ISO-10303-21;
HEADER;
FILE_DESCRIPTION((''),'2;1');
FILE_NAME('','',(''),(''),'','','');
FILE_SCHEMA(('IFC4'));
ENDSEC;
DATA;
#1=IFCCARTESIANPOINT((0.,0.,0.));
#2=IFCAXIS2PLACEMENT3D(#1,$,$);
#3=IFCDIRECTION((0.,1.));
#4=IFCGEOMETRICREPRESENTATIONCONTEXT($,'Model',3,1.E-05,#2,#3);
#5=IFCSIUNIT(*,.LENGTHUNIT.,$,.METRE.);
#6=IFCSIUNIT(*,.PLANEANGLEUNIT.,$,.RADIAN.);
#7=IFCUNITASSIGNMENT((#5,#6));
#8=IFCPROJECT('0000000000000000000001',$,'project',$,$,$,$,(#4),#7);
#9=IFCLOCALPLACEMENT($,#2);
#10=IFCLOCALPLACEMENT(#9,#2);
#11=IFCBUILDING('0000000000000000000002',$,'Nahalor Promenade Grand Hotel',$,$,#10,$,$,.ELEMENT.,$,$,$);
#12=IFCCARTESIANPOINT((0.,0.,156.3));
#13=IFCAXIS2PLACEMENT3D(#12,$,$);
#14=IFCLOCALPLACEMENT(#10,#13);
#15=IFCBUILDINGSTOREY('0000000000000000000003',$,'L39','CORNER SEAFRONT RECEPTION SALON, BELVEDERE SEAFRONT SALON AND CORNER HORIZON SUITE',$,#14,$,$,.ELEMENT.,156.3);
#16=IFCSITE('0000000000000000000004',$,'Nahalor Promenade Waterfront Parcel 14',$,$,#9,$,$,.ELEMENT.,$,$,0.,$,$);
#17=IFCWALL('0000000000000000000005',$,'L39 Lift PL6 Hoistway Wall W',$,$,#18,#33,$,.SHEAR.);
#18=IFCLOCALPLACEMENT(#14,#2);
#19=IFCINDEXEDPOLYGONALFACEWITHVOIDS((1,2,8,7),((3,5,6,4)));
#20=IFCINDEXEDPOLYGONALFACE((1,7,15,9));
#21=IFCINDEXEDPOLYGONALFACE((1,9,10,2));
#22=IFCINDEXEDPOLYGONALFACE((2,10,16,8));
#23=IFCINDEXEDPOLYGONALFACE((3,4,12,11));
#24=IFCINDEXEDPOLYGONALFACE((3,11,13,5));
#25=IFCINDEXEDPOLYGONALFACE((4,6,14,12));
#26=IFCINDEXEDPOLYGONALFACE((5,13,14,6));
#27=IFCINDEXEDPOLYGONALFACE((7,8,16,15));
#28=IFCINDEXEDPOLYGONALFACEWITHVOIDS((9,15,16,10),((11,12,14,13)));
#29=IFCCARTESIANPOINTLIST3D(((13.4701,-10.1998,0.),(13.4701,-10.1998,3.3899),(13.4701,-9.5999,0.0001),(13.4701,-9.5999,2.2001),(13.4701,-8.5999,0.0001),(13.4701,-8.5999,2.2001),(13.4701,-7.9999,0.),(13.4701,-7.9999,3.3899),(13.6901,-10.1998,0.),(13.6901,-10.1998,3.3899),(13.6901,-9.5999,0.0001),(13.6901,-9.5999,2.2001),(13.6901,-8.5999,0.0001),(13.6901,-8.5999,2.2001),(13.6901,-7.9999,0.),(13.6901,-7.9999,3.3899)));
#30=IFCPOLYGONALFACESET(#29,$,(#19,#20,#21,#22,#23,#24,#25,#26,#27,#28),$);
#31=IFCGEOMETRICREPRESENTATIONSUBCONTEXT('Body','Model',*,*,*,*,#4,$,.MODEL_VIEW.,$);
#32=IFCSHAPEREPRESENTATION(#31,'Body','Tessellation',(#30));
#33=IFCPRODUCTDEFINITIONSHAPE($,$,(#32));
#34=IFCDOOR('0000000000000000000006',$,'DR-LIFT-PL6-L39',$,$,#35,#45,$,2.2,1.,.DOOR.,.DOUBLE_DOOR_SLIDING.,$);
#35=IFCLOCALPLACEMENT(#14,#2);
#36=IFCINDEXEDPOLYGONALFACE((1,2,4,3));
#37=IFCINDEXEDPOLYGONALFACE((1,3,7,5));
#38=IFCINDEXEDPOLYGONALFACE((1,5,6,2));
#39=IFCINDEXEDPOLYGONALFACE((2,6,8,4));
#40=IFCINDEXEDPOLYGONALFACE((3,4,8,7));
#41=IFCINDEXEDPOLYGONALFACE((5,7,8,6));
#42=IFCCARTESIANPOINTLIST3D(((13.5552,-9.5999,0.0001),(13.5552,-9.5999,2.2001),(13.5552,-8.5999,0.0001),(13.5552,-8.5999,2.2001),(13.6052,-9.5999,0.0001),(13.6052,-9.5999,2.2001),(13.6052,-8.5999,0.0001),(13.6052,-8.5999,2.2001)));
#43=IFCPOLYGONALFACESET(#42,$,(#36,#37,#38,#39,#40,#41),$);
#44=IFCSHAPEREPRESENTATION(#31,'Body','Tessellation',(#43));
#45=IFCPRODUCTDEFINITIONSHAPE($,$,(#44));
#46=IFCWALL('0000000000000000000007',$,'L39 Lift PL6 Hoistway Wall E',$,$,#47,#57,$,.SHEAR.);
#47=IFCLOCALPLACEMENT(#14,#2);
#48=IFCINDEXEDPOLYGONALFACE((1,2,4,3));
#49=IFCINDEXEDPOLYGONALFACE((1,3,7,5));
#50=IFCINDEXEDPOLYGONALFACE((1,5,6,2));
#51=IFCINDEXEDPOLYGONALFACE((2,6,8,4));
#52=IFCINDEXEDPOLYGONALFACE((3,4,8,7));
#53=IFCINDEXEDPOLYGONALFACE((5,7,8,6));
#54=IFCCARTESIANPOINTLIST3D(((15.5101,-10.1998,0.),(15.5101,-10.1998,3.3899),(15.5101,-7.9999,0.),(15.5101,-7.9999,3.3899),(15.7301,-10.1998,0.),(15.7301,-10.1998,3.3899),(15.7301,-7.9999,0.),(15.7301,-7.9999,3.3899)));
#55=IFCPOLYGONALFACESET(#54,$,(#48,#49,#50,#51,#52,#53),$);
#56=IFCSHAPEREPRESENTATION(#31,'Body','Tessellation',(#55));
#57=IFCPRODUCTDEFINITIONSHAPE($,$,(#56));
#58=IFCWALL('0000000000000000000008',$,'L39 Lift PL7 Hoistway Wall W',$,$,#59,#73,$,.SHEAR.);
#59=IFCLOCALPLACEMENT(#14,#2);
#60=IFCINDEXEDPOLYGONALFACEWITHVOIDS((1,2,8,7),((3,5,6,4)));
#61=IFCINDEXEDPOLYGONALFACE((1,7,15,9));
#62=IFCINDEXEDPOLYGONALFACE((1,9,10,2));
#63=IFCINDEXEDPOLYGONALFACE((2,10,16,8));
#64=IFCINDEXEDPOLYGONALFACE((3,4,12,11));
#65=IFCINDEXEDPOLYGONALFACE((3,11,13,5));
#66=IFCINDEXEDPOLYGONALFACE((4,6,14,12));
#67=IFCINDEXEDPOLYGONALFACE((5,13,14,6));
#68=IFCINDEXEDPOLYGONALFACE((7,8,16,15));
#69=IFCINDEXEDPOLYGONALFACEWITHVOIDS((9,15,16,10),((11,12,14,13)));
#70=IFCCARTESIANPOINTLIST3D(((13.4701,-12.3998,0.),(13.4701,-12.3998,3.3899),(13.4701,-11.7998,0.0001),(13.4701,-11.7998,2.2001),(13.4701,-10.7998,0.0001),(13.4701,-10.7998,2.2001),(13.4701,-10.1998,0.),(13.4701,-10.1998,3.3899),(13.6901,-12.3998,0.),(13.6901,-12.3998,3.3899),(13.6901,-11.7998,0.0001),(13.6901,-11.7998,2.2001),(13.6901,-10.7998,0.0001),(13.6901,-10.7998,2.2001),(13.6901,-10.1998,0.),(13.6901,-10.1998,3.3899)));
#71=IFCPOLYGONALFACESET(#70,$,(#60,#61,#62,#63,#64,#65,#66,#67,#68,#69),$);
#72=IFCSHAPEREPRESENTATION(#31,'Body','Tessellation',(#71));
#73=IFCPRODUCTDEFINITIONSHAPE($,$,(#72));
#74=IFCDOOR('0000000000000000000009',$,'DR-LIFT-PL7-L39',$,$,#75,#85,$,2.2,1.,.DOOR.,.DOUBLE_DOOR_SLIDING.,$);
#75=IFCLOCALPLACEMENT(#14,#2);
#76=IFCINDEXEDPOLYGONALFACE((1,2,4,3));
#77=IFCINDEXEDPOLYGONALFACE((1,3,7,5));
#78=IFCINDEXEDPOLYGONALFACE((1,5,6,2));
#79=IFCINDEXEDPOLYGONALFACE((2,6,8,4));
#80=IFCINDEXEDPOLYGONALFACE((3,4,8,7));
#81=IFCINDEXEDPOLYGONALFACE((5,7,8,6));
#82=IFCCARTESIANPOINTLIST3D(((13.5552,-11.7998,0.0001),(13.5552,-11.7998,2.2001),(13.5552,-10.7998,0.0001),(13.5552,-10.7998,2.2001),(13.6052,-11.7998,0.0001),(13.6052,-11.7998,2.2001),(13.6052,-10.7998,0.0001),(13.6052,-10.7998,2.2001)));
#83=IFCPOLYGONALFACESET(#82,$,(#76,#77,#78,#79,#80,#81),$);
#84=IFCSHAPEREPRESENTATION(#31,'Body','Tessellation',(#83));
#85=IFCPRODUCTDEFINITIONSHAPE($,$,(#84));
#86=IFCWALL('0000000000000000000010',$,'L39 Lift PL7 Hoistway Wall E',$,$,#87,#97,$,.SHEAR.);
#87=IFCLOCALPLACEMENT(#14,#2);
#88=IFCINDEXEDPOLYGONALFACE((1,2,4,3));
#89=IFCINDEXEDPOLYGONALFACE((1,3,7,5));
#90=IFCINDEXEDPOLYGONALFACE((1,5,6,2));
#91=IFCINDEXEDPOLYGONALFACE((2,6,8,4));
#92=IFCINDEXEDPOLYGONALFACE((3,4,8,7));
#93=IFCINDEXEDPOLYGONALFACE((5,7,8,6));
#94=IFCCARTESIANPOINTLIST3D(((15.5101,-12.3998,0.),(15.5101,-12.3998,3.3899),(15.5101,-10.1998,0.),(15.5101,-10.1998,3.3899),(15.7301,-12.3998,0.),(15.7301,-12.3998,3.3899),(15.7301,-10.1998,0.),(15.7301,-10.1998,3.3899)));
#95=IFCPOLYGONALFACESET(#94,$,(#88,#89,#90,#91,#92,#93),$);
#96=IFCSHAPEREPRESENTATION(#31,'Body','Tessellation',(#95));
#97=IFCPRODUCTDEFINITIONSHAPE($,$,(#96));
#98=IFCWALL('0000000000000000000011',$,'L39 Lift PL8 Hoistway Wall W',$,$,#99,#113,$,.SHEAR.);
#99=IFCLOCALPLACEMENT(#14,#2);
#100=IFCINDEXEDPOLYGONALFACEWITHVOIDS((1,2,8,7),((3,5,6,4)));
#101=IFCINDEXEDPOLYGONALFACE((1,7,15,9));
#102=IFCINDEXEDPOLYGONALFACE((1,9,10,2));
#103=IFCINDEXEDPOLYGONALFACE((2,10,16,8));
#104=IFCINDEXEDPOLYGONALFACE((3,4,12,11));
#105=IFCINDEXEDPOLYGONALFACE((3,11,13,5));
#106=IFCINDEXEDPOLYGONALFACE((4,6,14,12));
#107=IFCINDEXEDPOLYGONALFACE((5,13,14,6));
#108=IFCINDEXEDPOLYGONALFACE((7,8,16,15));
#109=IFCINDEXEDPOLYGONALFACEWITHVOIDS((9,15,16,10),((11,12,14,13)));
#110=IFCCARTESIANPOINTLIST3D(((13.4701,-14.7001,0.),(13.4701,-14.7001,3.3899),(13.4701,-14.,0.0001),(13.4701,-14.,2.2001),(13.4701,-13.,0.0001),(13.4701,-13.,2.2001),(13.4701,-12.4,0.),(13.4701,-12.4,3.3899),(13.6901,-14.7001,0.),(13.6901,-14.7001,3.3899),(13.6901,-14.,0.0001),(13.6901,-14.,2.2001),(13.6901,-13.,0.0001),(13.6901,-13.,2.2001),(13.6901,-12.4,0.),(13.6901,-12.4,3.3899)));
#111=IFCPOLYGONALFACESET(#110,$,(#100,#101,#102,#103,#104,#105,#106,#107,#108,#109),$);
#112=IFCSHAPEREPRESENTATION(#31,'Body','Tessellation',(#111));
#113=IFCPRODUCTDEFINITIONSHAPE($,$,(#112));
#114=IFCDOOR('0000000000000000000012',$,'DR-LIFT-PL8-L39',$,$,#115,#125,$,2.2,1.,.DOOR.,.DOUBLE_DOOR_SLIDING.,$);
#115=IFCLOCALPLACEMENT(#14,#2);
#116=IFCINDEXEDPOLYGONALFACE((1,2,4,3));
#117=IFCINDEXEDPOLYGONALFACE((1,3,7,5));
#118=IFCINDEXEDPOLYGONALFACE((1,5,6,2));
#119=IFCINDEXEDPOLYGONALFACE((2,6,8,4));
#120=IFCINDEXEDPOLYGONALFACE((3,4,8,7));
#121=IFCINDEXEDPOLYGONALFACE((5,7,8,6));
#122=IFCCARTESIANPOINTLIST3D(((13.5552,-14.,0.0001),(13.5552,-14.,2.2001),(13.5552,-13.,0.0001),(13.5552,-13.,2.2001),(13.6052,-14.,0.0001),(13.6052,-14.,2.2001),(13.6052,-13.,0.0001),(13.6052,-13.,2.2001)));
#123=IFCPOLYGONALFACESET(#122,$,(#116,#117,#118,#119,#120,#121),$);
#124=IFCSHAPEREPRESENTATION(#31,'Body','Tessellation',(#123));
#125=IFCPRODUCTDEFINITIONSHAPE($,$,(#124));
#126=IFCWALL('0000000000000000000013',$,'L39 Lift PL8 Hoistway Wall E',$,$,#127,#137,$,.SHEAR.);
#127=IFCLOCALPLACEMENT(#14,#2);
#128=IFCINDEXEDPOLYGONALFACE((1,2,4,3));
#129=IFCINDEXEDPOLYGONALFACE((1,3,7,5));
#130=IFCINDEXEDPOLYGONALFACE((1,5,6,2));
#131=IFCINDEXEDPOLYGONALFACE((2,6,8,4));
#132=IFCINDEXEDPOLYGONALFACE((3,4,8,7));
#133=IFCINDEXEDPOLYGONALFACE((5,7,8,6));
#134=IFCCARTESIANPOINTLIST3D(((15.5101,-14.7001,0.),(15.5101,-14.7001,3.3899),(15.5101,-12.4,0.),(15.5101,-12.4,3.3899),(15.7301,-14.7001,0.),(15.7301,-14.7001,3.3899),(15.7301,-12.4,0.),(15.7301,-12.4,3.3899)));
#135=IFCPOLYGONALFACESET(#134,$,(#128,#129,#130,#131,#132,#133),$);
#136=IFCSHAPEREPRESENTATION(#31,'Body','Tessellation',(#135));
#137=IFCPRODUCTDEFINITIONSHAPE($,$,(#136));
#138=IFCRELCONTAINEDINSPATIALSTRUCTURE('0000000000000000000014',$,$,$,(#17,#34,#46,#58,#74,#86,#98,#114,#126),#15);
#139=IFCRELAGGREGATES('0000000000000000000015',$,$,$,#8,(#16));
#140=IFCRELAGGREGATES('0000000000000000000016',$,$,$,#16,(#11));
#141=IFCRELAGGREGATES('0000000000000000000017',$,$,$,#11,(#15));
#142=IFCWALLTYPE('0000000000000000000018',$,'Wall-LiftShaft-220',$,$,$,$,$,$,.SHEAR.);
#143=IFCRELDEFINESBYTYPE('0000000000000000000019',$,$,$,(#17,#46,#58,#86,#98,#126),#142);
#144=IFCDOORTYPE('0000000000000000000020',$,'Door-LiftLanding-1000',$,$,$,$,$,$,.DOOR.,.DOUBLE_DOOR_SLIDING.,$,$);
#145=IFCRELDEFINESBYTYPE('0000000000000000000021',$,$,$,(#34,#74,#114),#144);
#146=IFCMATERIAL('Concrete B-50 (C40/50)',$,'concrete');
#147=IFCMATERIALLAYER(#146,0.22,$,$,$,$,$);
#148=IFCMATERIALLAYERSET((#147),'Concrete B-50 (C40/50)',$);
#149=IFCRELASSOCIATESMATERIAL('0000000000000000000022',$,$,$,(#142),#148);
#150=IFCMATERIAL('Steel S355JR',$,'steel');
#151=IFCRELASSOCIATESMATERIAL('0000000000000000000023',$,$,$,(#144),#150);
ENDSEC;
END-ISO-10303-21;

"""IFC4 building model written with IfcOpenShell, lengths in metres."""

from ifc_helpers import new_model, si_unit, direction, frame, frame_2d, origin, place, context, subcontext, project, spatial, rectangle, extrude, source, transform, mapped, material, layer, layer_set, type_object, element, fill, save


model = new_model("IFC4")

# Units and contexts
model_context = context("Model", 3, precision=1e-05, world=origin(), true_north=direction((0.0, 1.0)))
body_context = subcontext(model_context, "Body", "Model", "MODEL_VIEW")
ifc_project = project(units=[si_unit("LENGTHUNIT", "METRE"), si_unit("PLANEANGLEUNIT", "RADIAN")], contexts=[model_context])

# Site, building, storey
site_placement = place(None, origin())
site = spatial("IfcSite", under=ifc_project, at=site_placement, Name="Nahalor Promenade Waterfront Parcel 14", CompositionType="ELEMENT", RefElevation=0.0)
building_placement = place(site_placement, origin())
building = spatial("IfcBuilding", under=site, at=building_placement, Name="Nahalor Promenade Grand Hotel", CompositionType="ELEMENT")
storey_placement = place(building_placement, frame((0.0, 0.0, 156.3)))
storey = spatial("IfcBuildingStorey", under=building, at=storey_placement, Name="L39", Description="CORNER SEAFRONT RECEPTION SALON, BELVEDERE SEAFRONT SALON AND CORNER HORIZON SUITE", CompositionType="ELEMENT", Elevation=156.3)

# Shared definitions
ifc_material_1 = material(Name="Steel S355JR", Category="steel")

# Shared definitions
ifc_material_2 = material(Name="Concrete B-50 (C40/50)", Category="concrete")
ifc_layer_1 = layer(ifc_material_2, 0.22)
ifc_layer_set_1 = layer_set([ifc_layer_1], Name="Concrete B-50 (C40/50)")
wall_type = type_object("IfcWallType", Name="Wall-LiftShaft-220", PredefinedType="SHEAR", material=ifc_layer_set_1)

# Shared definitions
door_type = type_object("IfcDoorType", Name="Door-LiftLanding-1000", OperationType="DOUBLE_DOOR_SLIDING", PredefinedType="DOOR", material=ifc_material_1)
shared_shape_1 = source(origin(), body_context, "Body", "SweptSolid", [
    extrude(rectangle(XDim=1.0, YDim=2.2, at=frame_2d((0.5, 1.1001))), frame((0.0, 0.0249, 0.0), z_axis=(0.0, -1.0, 0.0), x_axis=(1.0, 0.0, 0.0)), (0.0, 0.0, 1.0), 0.05),
])

# Wall, opening, door
shared_shape_2 = source(origin(), body_context, "Body", "SweptSolid", [
    extrude(rectangle(XDim=2.2, YDim=0.22, at=frame_2d((1.1001, 0.0))), origin(), (0.0, 0.0, 1.0), 3.3899),
])
wall_1_placement = place(storey_placement, frame((13.5801, -10.2, 0.0), z_axis=(0.0, 0.0, 1.0), x_axis=(0.0, 1.0, 0.0)))
wall_1 = element("IfcWall", 1, at=wall_1_placement, inside=storey, type_object=wall_type, Name="L39 Lift PL6 Hoistway Wall W", PredefinedType="SHEAR", context=body_context, shape_type="MappedRepresentation", body=[
    mapped(shared_shape_2, transform((0.0, 0.0, 0.0), scale=1.0)),
])
opening_1_placement = place(wall_1_placement, frame((0.6001, 0.0, 0.0)))
opening_1 = element("IfcOpeningElement", 2, at=opening_1_placement, cuts=wall_1, PredefinedType="OPENING", context=body_context, shape_type="SweptSolid", body=[
    extrude(rectangle(XDim=1.0, YDim=2.2, at=frame_2d((0.5, 1.1001))), frame((0.0, 0.1199, 0.0), z_axis=(0.0, -1.0, 0.0), x_axis=(1.0, 0.0, 0.0)), (0.0, 0.0, 1.0), 0.24),
])
door_1_placement = place(opening_1_placement, origin())
door_1 = element("IfcDoor", 3, at=door_1_placement, inside=storey, type_object=door_type, Name="DR-LIFT-PL6-L39", OperationType="DOUBLE_DOOR_SLIDING", OverallHeight=2.2, OverallWidth=1.0, PredefinedType="DOOR", context=body_context, shape_type="MappedRepresentation", body=[
    mapped(shared_shape_1, transform((0.0, 0.0, 0.0), scale=1.0)),
])
fill(opening_1, door_1)

# Wall
wall_2_placement = place(storey_placement, frame((15.6201, -10.2, 0.0), z_axis=(0.0, 0.0, 1.0), x_axis=(0.0, 1.0, 0.0)))
element("IfcWall", 4, at=wall_2_placement, inside=storey, type_object=wall_type, Name="L39 Lift PL6 Hoistway Wall E", PredefinedType="SHEAR", context=body_context, shape_type="MappedRepresentation", body=[
    mapped(shared_shape_2, transform((0.0, 0.0, 0.0), scale=1.0)),
])

# Wall, opening, door
wall_3_placement = place(storey_placement, frame((13.5801, -12.3999, 0.0), z_axis=(0.0, 0.0, 1.0), x_axis=(0.0, 1.0, 0.0)))
wall_3 = element("IfcWall", 5, at=wall_3_placement, inside=storey, type_object=wall_type, Name="L39 Lift PL7 Hoistway Wall W", PredefinedType="SHEAR", context=body_context, shape_type="MappedRepresentation", body=[
    mapped(shared_shape_2, transform((0.0, 0.0, 0.0), scale=1.0)),
])
opening_2_placement = place(wall_3_placement, frame((0.6001, 0.0, 0.0)))
opening_2 = element("IfcOpeningElement", 6, at=opening_2_placement, cuts=wall_3, PredefinedType="OPENING", context=body_context, shape_type="SweptSolid", body=[
    extrude(rectangle(XDim=1.0, YDim=2.2, at=frame_2d((0.5, 1.1001))), frame((0.0, 0.1199, 0.0), z_axis=(0.0, -1.0, 0.0), x_axis=(1.0, 0.0, 0.0)), (0.0, 0.0, 1.0), 0.24),
])
door_2_placement = place(opening_2_placement, origin())
door_2 = element("IfcDoor", 7, at=door_2_placement, inside=storey, type_object=door_type, Name="DR-LIFT-PL7-L39", OperationType="DOUBLE_DOOR_SLIDING", OverallHeight=2.2, OverallWidth=1.0, PredefinedType="DOOR", context=body_context, shape_type="MappedRepresentation", body=[
    mapped(shared_shape_1, transform((0.0, 0.0, 0.0), scale=1.0)),
])
fill(opening_2, door_2)

# Wall
wall_4_placement = place(storey_placement, frame((15.6201, -12.3999, 0.0), z_axis=(0.0, 0.0, 1.0), x_axis=(0.0, 1.0, 0.0)))
element("IfcWall", 8, at=wall_4_placement, inside=storey, type_object=wall_type, Name="L39 Lift PL7 Hoistway Wall E", PredefinedType="SHEAR", context=body_context, shape_type="MappedRepresentation", body=[
    mapped(shared_shape_2, transform((0.0, 0.0, 0.0), scale=1.0)),
])

# Wall, opening, door
shared_shape_3 = source(origin(), body_context, "Body", "SweptSolid", [
    extrude(rectangle(XDim=2.3, YDim=0.22, at=frame_2d((1.1499, 0.0))), origin(), (0.0, 0.0, 1.0), 3.3899),
])
wall_5_placement = place(storey_placement, frame((13.5801, -14.7, 0.0), z_axis=(0.0, 0.0, 1.0), x_axis=(0.0, 1.0, 0.0)))
wall_5 = element("IfcWall", 9, at=wall_5_placement, inside=storey, type_object=wall_type, Name="L39 Lift PL8 Hoistway Wall W", PredefinedType="SHEAR", context=body_context, shape_type="MappedRepresentation", body=[
    mapped(shared_shape_3, transform((0.0, 0.0, 0.0), scale=1.0)),
])
opening_3_placement = place(wall_5_placement, frame((0.7, 0.0, 0.0)))
opening_3 = element("IfcOpeningElement", 10, at=opening_3_placement, cuts=wall_5, PredefinedType="OPENING", context=body_context, shape_type="SweptSolid", body=[
    extrude(rectangle(XDim=1.0, YDim=2.2, at=frame_2d((0.5, 1.1001))), frame((0.0, 0.1199, 0.0), z_axis=(0.0, -1.0, 0.0), x_axis=(1.0, 0.0, 0.0)), (0.0, 0.0, 1.0), 0.24),
])
door_3_placement = place(opening_3_placement, origin())
door_3 = element("IfcDoor", 11, at=door_3_placement, inside=storey, type_object=door_type, Name="DR-LIFT-PL8-L39", OperationType="DOUBLE_DOOR_SLIDING", OverallHeight=2.2, OverallWidth=1.0, PredefinedType="DOOR", context=body_context, shape_type="MappedRepresentation", body=[
    mapped(shared_shape_1, transform((0.0, 0.0, 0.0), scale=1.0)),
])
fill(opening_3, door_3)

# Wall
wall_6_placement = place(storey_placement, frame((15.6201, -14.7, 0.0), z_axis=(0.0, 0.0, 1.0), x_axis=(0.0, 1.0, 0.0)))
element("IfcWall", 12, at=wall_6_placement, inside=storey, type_object=wall_type, Name="L39 Lift PL8 Hoistway Wall E", PredefinedType="SHEAR", context=body_context, shape_type="MappedRepresentation", body=[
    mapped(shared_shape_3, transform((0.0, 0.0, 0.0), scale=1.0)),
])

save(model, "model.ifc")
